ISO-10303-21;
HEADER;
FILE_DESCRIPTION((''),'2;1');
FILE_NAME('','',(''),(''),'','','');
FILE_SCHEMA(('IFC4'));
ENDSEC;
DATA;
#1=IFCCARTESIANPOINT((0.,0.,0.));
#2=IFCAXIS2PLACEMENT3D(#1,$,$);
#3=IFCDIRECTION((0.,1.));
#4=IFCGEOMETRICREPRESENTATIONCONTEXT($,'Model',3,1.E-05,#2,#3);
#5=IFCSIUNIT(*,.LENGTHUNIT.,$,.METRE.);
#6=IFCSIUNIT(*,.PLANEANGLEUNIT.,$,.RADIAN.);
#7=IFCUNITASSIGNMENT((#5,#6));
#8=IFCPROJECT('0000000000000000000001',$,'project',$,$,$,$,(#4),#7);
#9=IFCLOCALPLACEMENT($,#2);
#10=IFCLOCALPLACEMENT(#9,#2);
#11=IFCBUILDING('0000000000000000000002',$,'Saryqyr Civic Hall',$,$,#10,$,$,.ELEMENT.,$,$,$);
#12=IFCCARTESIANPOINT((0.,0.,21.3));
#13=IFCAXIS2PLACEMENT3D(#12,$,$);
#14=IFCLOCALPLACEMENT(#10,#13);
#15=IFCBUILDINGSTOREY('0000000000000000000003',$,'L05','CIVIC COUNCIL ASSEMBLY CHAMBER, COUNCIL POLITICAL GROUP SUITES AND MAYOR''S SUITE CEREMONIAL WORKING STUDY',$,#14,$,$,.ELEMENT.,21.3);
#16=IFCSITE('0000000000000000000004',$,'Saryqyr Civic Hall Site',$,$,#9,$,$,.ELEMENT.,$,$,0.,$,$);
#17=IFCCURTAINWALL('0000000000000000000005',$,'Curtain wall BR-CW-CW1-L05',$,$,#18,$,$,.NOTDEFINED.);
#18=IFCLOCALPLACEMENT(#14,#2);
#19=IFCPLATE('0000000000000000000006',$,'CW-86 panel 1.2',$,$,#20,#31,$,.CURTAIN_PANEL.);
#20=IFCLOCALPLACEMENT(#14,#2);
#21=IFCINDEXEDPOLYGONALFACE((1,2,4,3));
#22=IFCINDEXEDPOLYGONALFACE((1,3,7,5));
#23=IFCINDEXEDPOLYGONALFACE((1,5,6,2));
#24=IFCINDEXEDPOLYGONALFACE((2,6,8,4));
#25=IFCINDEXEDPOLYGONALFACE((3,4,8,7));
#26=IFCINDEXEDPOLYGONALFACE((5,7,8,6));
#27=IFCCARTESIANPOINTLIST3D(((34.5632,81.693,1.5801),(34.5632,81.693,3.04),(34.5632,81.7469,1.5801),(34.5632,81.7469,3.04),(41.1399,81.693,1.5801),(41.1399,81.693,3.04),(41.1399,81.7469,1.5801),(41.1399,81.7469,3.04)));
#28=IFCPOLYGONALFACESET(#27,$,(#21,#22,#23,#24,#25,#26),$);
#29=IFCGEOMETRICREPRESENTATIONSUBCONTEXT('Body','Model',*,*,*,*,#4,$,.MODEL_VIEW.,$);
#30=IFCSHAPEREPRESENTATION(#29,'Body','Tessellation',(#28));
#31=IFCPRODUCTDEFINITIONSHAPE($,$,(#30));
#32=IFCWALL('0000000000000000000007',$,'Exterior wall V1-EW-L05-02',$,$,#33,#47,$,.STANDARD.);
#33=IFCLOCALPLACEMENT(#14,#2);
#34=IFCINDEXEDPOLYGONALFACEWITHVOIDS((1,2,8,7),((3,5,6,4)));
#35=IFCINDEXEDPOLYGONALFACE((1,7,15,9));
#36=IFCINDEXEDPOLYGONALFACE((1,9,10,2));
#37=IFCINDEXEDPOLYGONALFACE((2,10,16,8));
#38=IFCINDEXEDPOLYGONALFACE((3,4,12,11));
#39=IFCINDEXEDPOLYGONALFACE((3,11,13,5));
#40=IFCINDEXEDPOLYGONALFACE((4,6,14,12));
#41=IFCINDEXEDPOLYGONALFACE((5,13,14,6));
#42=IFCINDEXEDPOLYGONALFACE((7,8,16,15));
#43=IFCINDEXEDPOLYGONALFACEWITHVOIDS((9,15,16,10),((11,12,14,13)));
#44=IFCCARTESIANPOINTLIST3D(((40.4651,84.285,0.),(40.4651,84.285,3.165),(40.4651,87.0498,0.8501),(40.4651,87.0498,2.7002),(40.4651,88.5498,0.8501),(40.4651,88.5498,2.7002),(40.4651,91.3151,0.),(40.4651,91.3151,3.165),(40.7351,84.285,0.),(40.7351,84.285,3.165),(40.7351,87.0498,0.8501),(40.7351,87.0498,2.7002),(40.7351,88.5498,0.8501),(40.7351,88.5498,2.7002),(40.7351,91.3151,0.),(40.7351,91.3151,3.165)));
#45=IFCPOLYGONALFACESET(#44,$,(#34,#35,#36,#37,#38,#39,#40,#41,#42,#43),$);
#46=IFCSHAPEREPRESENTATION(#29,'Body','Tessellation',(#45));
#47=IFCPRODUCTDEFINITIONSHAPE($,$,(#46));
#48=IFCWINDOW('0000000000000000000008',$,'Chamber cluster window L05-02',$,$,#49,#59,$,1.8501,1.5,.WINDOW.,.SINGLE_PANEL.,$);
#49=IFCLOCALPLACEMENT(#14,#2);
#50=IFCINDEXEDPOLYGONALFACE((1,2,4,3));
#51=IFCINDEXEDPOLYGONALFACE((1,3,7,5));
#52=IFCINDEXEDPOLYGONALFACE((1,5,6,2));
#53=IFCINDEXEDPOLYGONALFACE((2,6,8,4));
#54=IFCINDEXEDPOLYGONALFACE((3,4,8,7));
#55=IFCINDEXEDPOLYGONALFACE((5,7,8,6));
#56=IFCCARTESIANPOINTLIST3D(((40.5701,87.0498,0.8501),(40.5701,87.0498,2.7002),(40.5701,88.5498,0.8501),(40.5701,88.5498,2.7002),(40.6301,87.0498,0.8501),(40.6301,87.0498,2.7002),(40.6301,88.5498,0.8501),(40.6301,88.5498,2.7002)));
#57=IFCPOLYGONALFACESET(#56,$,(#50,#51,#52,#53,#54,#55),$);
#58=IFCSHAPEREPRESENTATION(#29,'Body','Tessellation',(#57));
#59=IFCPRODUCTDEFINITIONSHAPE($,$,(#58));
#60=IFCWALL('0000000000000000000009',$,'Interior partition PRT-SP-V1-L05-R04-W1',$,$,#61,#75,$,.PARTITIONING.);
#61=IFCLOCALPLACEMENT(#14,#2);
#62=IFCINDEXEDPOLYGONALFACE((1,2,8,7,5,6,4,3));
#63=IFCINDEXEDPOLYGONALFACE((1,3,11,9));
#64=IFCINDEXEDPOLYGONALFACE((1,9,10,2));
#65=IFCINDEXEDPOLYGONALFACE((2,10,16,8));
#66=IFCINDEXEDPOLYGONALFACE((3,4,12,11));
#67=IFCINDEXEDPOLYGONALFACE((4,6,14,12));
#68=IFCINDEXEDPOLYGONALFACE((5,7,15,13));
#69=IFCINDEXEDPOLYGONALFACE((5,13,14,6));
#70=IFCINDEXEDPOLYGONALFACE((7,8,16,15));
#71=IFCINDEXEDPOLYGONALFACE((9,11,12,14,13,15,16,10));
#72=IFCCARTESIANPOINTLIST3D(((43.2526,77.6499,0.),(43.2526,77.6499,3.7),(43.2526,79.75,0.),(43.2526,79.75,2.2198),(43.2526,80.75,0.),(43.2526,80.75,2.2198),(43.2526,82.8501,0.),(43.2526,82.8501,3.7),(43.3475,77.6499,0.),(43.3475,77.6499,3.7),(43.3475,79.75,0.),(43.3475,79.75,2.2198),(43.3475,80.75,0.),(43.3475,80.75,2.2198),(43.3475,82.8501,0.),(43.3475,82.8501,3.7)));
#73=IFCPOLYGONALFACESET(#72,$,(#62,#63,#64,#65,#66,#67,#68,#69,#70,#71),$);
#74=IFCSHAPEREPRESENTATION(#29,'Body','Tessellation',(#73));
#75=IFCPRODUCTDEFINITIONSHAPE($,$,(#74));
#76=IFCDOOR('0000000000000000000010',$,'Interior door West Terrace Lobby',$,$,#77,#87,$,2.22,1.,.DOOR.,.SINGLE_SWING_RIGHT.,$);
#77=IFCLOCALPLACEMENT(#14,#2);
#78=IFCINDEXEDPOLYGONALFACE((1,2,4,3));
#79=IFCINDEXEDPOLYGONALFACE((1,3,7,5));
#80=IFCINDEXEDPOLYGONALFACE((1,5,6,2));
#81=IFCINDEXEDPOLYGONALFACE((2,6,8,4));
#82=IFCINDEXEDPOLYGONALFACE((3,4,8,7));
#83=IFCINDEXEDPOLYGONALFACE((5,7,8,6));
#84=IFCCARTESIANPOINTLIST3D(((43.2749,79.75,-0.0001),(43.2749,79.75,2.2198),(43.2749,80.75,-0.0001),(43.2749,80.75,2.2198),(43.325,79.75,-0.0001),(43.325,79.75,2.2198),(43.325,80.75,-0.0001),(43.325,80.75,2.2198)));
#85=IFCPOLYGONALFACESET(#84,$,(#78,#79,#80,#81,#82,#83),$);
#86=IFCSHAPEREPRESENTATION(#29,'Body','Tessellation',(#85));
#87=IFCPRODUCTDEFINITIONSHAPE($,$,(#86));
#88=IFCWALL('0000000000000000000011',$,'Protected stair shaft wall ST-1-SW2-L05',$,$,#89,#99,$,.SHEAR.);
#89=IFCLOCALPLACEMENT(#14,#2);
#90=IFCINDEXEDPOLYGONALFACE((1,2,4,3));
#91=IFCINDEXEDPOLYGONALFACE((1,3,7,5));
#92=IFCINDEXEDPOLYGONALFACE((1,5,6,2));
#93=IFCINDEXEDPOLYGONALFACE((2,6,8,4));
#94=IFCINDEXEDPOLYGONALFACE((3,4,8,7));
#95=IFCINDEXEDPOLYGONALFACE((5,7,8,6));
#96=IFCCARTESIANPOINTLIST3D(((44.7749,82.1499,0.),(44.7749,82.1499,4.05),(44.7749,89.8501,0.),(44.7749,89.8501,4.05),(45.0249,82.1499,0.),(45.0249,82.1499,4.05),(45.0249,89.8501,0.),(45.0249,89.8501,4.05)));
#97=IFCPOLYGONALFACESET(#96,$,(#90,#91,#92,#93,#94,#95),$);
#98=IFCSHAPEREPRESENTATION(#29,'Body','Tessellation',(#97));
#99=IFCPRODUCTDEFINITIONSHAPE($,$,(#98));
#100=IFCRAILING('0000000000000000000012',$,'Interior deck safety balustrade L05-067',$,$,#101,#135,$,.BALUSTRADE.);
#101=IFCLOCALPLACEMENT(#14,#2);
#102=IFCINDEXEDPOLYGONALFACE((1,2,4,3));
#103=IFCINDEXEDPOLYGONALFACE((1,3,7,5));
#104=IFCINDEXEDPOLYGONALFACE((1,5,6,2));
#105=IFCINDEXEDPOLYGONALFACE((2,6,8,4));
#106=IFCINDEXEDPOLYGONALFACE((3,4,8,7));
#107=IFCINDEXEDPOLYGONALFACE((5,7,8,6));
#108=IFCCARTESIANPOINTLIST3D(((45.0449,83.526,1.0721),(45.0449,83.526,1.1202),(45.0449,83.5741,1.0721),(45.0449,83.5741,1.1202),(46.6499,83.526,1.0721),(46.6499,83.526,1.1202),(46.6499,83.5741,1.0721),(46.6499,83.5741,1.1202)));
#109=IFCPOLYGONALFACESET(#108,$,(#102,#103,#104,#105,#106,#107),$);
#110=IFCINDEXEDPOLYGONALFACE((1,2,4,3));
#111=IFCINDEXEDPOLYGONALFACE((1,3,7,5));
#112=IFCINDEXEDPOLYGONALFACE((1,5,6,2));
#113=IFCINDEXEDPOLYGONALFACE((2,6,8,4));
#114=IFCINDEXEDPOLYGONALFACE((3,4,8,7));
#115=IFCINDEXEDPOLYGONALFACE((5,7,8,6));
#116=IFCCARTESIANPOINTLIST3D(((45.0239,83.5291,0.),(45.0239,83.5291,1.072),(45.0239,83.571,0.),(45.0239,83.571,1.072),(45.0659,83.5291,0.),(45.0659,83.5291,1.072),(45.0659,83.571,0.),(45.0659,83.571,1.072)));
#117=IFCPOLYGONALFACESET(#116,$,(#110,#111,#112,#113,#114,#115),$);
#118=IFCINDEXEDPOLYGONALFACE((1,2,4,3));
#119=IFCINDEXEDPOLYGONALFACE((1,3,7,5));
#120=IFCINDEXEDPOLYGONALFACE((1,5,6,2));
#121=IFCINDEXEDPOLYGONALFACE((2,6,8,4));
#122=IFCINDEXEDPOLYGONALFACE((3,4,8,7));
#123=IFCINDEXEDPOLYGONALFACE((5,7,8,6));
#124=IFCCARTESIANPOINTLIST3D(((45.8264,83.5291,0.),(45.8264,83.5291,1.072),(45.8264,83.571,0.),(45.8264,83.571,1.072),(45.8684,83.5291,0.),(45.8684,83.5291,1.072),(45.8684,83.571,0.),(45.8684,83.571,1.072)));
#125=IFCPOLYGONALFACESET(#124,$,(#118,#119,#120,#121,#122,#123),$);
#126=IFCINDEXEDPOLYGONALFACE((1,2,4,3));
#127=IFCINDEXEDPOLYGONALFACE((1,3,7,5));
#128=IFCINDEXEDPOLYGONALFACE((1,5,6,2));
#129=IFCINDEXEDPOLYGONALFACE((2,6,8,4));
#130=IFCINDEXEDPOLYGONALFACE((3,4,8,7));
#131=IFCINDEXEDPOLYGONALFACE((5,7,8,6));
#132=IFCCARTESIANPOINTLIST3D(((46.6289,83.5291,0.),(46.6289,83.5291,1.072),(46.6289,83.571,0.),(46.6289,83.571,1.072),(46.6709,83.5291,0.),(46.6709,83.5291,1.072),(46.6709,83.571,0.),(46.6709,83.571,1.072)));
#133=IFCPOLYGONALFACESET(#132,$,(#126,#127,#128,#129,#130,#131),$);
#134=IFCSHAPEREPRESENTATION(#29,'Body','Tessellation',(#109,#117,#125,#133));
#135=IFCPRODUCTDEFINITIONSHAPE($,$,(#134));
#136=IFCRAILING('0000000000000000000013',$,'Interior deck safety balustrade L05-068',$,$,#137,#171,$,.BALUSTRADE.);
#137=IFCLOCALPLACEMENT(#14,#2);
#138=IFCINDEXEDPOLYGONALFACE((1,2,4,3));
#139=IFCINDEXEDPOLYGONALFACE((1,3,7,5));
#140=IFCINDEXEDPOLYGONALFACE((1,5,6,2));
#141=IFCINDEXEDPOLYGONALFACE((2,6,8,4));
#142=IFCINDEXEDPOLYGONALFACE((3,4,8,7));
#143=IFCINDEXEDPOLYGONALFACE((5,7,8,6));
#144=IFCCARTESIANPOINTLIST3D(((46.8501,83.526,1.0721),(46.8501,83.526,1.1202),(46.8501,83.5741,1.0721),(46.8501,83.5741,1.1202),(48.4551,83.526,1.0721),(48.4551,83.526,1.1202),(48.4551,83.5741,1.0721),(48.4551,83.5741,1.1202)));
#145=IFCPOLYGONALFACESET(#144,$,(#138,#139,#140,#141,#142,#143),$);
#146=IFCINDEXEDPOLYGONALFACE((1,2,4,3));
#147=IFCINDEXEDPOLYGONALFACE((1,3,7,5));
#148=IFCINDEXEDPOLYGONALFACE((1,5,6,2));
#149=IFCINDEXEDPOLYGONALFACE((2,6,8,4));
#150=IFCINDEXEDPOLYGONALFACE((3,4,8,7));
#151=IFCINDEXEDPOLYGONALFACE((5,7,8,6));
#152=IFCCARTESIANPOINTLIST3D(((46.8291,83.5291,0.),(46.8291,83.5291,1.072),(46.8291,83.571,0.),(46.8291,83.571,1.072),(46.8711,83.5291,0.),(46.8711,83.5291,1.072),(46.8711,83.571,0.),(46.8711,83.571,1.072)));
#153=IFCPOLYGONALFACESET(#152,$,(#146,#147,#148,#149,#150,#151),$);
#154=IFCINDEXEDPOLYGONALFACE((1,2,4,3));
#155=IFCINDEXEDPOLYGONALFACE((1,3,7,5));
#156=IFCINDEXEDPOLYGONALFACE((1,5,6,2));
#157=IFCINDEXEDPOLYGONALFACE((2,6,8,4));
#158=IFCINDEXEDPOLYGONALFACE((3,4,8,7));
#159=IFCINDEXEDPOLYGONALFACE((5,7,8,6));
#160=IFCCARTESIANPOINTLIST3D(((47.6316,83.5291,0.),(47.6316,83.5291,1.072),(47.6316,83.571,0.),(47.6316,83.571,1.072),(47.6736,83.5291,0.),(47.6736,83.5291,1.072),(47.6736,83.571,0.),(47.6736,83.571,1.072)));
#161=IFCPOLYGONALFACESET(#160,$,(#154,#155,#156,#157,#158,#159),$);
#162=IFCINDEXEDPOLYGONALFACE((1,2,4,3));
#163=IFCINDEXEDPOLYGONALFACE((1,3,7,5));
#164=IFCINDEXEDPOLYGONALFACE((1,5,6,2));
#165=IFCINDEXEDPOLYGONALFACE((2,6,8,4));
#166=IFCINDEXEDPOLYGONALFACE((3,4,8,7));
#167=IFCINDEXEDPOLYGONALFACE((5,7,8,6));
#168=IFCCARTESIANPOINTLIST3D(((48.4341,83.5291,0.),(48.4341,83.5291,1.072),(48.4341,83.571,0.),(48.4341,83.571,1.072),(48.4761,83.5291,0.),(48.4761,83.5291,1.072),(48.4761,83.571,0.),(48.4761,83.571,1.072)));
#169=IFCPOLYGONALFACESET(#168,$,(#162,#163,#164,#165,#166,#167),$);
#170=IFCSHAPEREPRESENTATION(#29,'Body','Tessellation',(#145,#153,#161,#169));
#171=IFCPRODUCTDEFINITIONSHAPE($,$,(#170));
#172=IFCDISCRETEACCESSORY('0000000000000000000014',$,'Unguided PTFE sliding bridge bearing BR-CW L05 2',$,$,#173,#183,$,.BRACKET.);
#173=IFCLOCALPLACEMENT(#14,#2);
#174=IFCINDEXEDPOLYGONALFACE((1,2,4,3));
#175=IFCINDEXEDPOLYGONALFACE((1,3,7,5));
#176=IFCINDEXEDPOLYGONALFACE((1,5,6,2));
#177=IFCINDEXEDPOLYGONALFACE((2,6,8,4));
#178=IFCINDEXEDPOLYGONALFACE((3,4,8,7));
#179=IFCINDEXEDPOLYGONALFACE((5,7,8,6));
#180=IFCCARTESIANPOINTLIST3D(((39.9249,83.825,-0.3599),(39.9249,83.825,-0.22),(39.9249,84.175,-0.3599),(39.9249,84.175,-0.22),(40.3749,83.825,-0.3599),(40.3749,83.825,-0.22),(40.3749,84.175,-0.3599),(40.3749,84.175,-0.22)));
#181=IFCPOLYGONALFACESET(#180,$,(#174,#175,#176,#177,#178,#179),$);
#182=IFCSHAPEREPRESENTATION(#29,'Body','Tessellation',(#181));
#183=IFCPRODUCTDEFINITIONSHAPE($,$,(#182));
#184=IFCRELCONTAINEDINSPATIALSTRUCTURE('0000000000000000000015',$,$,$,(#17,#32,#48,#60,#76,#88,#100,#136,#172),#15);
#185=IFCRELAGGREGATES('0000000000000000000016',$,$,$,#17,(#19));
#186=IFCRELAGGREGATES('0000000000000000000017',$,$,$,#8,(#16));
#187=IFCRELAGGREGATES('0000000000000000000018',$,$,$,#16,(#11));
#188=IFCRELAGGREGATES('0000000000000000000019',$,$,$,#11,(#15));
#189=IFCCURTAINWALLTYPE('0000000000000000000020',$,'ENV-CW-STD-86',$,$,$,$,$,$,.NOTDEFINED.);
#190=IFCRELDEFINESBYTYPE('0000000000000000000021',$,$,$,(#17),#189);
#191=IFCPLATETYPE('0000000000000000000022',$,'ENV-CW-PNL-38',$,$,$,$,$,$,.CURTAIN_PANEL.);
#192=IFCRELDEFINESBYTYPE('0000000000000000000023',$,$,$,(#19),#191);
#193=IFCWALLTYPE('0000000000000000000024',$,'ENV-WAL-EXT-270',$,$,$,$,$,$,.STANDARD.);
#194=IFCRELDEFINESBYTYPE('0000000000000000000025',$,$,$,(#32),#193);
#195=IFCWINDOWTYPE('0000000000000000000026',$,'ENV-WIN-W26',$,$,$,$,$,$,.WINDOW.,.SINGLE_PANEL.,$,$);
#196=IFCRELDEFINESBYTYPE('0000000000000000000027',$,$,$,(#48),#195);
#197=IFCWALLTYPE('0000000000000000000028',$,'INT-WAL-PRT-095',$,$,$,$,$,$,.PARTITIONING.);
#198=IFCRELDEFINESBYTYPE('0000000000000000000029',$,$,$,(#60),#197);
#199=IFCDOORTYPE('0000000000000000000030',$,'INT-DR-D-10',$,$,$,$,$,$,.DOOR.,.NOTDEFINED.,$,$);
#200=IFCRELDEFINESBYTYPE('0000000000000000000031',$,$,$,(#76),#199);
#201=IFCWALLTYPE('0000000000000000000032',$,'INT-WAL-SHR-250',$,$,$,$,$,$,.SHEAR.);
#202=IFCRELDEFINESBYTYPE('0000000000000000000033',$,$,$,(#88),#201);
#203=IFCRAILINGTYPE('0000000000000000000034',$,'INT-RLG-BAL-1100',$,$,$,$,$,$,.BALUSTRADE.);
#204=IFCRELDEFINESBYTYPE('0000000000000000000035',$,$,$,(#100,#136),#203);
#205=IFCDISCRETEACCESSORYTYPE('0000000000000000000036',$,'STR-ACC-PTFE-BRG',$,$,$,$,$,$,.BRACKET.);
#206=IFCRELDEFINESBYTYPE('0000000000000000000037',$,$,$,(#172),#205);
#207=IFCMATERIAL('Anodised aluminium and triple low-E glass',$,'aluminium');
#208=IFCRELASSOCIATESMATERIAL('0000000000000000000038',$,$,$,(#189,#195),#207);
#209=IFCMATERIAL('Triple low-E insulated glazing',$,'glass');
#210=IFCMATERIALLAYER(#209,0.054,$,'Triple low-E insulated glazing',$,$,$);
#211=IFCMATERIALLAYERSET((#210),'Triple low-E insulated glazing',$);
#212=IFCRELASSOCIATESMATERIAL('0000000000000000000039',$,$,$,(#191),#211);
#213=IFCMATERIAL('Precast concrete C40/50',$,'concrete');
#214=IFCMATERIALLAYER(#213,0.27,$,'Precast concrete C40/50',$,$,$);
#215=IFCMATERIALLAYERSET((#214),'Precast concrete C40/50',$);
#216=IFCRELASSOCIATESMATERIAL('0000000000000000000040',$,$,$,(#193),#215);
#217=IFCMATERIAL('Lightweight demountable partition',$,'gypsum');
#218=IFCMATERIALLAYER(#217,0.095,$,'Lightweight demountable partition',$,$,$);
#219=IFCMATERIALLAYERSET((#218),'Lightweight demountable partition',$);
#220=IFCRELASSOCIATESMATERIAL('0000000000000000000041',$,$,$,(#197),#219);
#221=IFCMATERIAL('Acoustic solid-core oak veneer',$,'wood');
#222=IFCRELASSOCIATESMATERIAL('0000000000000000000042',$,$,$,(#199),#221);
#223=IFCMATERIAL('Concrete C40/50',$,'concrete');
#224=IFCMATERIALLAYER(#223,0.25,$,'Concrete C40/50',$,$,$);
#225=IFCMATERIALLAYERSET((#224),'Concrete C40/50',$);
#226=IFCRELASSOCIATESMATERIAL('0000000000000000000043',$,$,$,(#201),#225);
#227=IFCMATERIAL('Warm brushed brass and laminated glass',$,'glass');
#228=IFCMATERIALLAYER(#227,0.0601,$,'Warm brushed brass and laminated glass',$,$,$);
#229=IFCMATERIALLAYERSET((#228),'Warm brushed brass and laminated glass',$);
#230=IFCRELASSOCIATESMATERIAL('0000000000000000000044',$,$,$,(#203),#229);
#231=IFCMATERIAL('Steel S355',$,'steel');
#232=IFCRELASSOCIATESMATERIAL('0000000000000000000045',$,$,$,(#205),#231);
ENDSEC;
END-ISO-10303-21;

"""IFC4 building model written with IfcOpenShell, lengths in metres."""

from ifc_helpers import new_model, si_unit, direction, frame, frame_2d, origin, origin_2d, place, context, subcontext, project, spatial, rectangle, extrude, material, layer, layer_set, type_object, element, fill, aggregate, save


model = new_model("IFC4")

# Units and contexts
model_context = context("Model", 3, precision=1e-05, world=origin(), true_north=direction((0.0, 1.0)))
body_context = subcontext(model_context, "Body", "Model", "MODEL_VIEW")
ifc_project = project(units=[si_unit("LENGTHUNIT", "METRE"), si_unit("PLANEANGLEUNIT", "RADIAN")], contexts=[model_context])

# Site, building, storey
site_placement = place(None, origin())
site = spatial("IfcSite", under=ifc_project, at=site_placement, Name="Saryqyr Civic Hall Site", CompositionType="ELEMENT", RefElevation=0.0)
building_placement = place(site_placement, origin())
building = spatial("IfcBuilding", under=site, at=building_placement, Name="Saryqyr Civic Hall", CompositionType="ELEMENT")
storey_placement = place(building_placement, frame((0.0, 0.0, 21.3)))
storey = spatial("IfcBuildingStorey", under=building, at=storey_placement, Name="L05", Description="CIVIC COUNCIL ASSEMBLY CHAMBER, COUNCIL POLITICAL GROUP SUITES AND MAYOR'S SUITE CEREMONIAL WORKING STUDY", CompositionType="ELEMENT", Elevation=21.3)

# Shared definitions
ifc_material_1 = material(Name="Steel S355", Category="steel")
ifc_material_2 = material(Name="Concrete C40/50", Category="concrete")

# Curtain wall
ifc_material_3 = material(Name="Anodised aluminium and triple low-E glass", Category="aluminium")
curtain_wall_type = type_object("IfcCurtainWallType", Name="ENV-CW-STD-86", PredefinedType="NOTDEFINED", material=ifc_material_3)
curtain_wall_placement = place(storey_placement, origin())
curtain_wall = element("IfcCurtainWall", 1, at=curtain_wall_placement, inside=storey, type_object=curtain_wall_type, Name="Curtain wall BR-CW-CW1-L05", PredefinedType="NOTDEFINED")

# Plate
ifc_material_4 = material(Name="Triple low-E insulated glazing", Category="glass")
ifc_layer_1 = layer(ifc_material_4, 0.054, Name="Triple low-E insulated glazing")
ifc_layer_set_1 = layer_set([ifc_layer_1], Name="Triple low-E insulated glazing")
plate_type = type_object("IfcPlateType", Name="ENV-CW-PNL-38", PredefinedType="CURTAIN_PANEL", material=ifc_layer_set_1)
plate_1_placement = place(storey_placement, frame((37.8516, 81.72, 1.5801), z_axis=(0.0, 0.0, 1.0), x_axis=(-1.0, 0.0, 0.0)))
plate_1 = element("IfcPlate", 2, at=plate_1_placement, type_object=plate_type, Name="CW-86 panel 1.2", PredefinedType="CURTAIN_PANEL", context=body_context, shape_type="SweptSolid", body=[
    extrude(rectangle(XDim=6.5767, YDim=0.054, at=origin_2d()), origin(), (0.0, 0.0, 1.0), 1.46),
])
aggregate(curtain_wall, [plate_1])

# Wall, opening, window
ifc_material_5 = material(Name="Precast concrete C40/50", Category="concrete")
ifc_layer_2 = layer(ifc_material_5, 0.27, Name="Precast concrete C40/50")
ifc_layer_set_2 = layer_set([ifc_layer_2], Name="Precast concrete C40/50")
wall_type_1 = type_object("IfcWallType", Name="ENV-WAL-EXT-270", PredefinedType="STANDARD", material=ifc_layer_set_2)
wall_1_placement = place(storey_placement, frame((40.6001, 84.2849, 0.0), z_axis=(0.0, 0.0, 1.0), x_axis=(0.0, 1.0, 0.0)))
wall_1 = element("IfcWall", 3, at=wall_1_placement, inside=storey, type_object=wall_type_1, Name="Exterior wall V1-EW-L05-02", PredefinedType="STANDARD", context=body_context, shape_type="SweptSolid", body=[
    extrude(rectangle(XDim=7.03, YDim=0.27, at=frame_2d((3.5151, 0.0))), origin(), (0.0, 0.0, 1.0), 3.165),
])
opening_1_placement = place(wall_1_placement, frame((2.7649, 0.0, 0.8501)))
opening_1 = element("IfcOpeningElement", 4, at=opening_1_placement, cuts=wall_1, PredefinedType="OPENING", context=body_context, shape_type="SweptSolid", body=[
    extrude(rectangle(XDim=1.5, YDim=1.8501, at=frame_2d((0.75, 0.925))), frame((0.0, 0.145, 0.0), z_axis=(0.0, -1.0, 0.0), x_axis=(1.0, 0.0, 0.0)), (0.0, 0.0, 1.0), 0.29),
])
window_type = type_object("IfcWindowType", Name="ENV-WIN-W26", PartitioningType="SINGLE_PANEL", PredefinedType="WINDOW", material=ifc_material_3)
window_placement = place(opening_1_placement, origin())
window = element("IfcWindow", 5, at=window_placement, inside=storey, type_object=window_type, Name="Chamber cluster window L05-02", OverallHeight=1.8501, OverallWidth=1.5, PartitioningType="SINGLE_PANEL", PredefinedType="WINDOW", context=body_context, shape_type="SweptSolid", body=[
    extrude(rectangle(XDim=1.5, YDim=1.8501, at=frame_2d((0.75, 0.925))), frame((0.0, 0.03, 0.0), z_axis=(0.0, -1.0, 0.0), x_axis=(1.0, 0.0, 0.0)), (0.0, 0.0, 1.0), 0.0601),
])
fill(opening_1, window)

# Wall, opening, door
ifc_material_6 = material(Name="Lightweight demountable partition", Category="gypsum")
ifc_layer_3 = layer(ifc_material_6, 0.095, Name="Lightweight demountable partition")
ifc_layer_set_3 = layer_set([ifc_layer_3], Name="Lightweight demountable partition")
wall_type_2 = type_object("IfcWallType", Name="INT-WAL-PRT-095", PredefinedType="PARTITIONING", material=ifc_layer_set_3)
wall_2_placement = place(storey_placement, frame((43.3, 82.8501, 0.0), z_axis=(0.0, 0.0, 1.0), x_axis=(0.0, -1.0, 0.0)))
wall_2 = element("IfcWall", 6, at=wall_2_placement, inside=storey, type_object=wall_type_2, Name="Interior partition PRT-SP-V1-L05-R04-W1", PredefinedType="PARTITIONING", context=body_context, shape_type="SweptSolid", body=[
    extrude(rectangle(XDim=5.2002, YDim=0.095, at=frame_2d((2.6001, 0.0))), origin(), (0.0, 0.0, 1.0), 3.7),
])
opening_2_placement = place(wall_2_placement, frame((2.1001, 0.0, 0.0)))
opening_2 = element("IfcOpeningElement", 7, at=opening_2_placement, cuts=wall_2, PredefinedType="OPENING", context=body_context, shape_type="SweptSolid", body=[
    extrude(rectangle(XDim=1.0, YDim=2.22, at=frame_2d((0.5, 1.1099))), frame((0.0, 0.0574, 0.0), z_axis=(0.0, -1.0, 0.0), x_axis=(1.0, 0.0, 0.0)), (0.0, 0.0, 1.0), 0.115),
])
ifc_material_7 = material(Name="Acoustic solid-core oak veneer", Category="wood")
door_type = type_object("IfcDoorType", Name="INT-DR-D-10", OperationType="NOTDEFINED", PredefinedType="DOOR", material=ifc_material_7)
door_placement = place(opening_2_placement, origin())
door = element("IfcDoor", 8, at=door_placement, inside=storey, type_object=door_type, Name="Interior door West Terrace Lobby", OperationType="SINGLE_SWING_RIGHT", OverallHeight=2.22, OverallWidth=1.0, PredefinedType="DOOR", context=body_context, shape_type="SweptSolid", body=[
    extrude(rectangle(XDim=1.0, YDim=2.22, at=frame_2d((0.5, 1.1099))), frame((0.0, 0.0249, 0.0), z_axis=(0.0, -1.0, 0.0), x_axis=(1.0, 0.0, 0.0)), (0.0, 0.0, 1.0), 0.05),
])
fill(opening_2, door)

# Wall
ifc_layer_4 = layer(ifc_material_2, 0.25, Name="Concrete C40/50")
ifc_layer_set_4 = layer_set([ifc_layer_4], Name="Concrete C40/50")
wall_type_3 = type_object("IfcWallType", Name="INT-WAL-SHR-250", PredefinedType="SHEAR", material=ifc_layer_set_4)
wall_3_placement = place(storey_placement, frame((44.8999, 82.1499, 0.0), z_axis=(0.0, 0.0, 1.0), x_axis=(0.0, 1.0, 0.0)))
element("IfcWall", 9, at=wall_3_placement, inside=storey, type_object=wall_type_3, Name="Protected stair shaft wall ST-1-SW2-L05", PredefinedType="SHEAR", context=body_context, shape_type="SweptSolid", body=[
    extrude(rectangle(XDim=7.7002, YDim=0.25, at=frame_2d((3.8501, 0.0))), origin(), (0.0, 0.0, 1.0), 4.05),
])

# Railings
ifc_material_8 = material(Name="Warm brushed brass and laminated glass", Category="glass")
ifc_layer_5 = layer(ifc_material_8, 0.0601, Name="Warm brushed brass and laminated glass")
ifc_layer_set_5 = layer_set([ifc_layer_5], Name="Warm brushed brass and laminated glass")
railing_type = type_object("IfcRailingType", Name="INT-RLG-BAL-1100", PredefinedType="BALUSTRADE", material=ifc_layer_set_5)
for number, where, name in (
    (10, (45.0449, 83.55, 0.0), "Interior deck safety balustrade L05-067"),
    (11, (46.8501, 83.55, 0.0), "Interior deck safety balustrade L05-068"),
):
    element("IfcRailing", number, at=place(storey_placement, frame(where)), inside=storey, type_object=railing_type, Name=name, PredefinedType="BALUSTRADE", context=body_context, shape_type="SweptSolid", body=[
        extrude(rectangle(XDim=0.0481, YDim=0.0481, at=origin_2d()), frame((0.0, 0.0, 1.0962), z_axis=(1.0, 0.0, 0.0), x_axis=(0.0, 1.0, 0.0)), (0.0, 0.0, 1.0), 1.605),
        extrude(rectangle(XDim=0.042, YDim=0.042, at=origin_2d()), origin(), (0.0, 0.0, 1.0), 1.072),
        extrude(rectangle(XDim=0.042, YDim=0.042, at=origin_2d()), frame((0.8025, 0.0, 0.0)), (0.0, 0.0, 1.0), 1.072),
        extrude(rectangle(XDim=0.042, YDim=0.042, at=origin_2d()), frame((1.605, 0.0, 0.0)), (0.0, 0.0, 1.0), 1.072),
    ])

# Discrete accessory
discrete_accessory_type = type_object("IfcDiscreteAccessoryType", Name="STR-ACC-PTFE-BRG", PredefinedType="BRACKET", material=ifc_material_1)
discrete_accessory_placement = place(storey_placement, frame((40.1499, 84.0, -0.3599), z_axis=(0.0, 0.0, 1.0), x_axis=(1.0, 0.0, 0.0)))
element("IfcDiscreteAccessory", 12, at=discrete_accessory_placement, inside=storey, type_object=discrete_accessory_type, Name="Unguided PTFE sliding bridge bearing BR-CW L05 2", PredefinedType="BRACKET", context=body_context, shape_type="SweptSolid", body=[
    extrude(rectangle(XDim=0.45, YDim=0.3501, at=origin_2d()), origin(), (0.0, 0.0, 1.0), 0.1399),
])

save(model, "model.ifc")
